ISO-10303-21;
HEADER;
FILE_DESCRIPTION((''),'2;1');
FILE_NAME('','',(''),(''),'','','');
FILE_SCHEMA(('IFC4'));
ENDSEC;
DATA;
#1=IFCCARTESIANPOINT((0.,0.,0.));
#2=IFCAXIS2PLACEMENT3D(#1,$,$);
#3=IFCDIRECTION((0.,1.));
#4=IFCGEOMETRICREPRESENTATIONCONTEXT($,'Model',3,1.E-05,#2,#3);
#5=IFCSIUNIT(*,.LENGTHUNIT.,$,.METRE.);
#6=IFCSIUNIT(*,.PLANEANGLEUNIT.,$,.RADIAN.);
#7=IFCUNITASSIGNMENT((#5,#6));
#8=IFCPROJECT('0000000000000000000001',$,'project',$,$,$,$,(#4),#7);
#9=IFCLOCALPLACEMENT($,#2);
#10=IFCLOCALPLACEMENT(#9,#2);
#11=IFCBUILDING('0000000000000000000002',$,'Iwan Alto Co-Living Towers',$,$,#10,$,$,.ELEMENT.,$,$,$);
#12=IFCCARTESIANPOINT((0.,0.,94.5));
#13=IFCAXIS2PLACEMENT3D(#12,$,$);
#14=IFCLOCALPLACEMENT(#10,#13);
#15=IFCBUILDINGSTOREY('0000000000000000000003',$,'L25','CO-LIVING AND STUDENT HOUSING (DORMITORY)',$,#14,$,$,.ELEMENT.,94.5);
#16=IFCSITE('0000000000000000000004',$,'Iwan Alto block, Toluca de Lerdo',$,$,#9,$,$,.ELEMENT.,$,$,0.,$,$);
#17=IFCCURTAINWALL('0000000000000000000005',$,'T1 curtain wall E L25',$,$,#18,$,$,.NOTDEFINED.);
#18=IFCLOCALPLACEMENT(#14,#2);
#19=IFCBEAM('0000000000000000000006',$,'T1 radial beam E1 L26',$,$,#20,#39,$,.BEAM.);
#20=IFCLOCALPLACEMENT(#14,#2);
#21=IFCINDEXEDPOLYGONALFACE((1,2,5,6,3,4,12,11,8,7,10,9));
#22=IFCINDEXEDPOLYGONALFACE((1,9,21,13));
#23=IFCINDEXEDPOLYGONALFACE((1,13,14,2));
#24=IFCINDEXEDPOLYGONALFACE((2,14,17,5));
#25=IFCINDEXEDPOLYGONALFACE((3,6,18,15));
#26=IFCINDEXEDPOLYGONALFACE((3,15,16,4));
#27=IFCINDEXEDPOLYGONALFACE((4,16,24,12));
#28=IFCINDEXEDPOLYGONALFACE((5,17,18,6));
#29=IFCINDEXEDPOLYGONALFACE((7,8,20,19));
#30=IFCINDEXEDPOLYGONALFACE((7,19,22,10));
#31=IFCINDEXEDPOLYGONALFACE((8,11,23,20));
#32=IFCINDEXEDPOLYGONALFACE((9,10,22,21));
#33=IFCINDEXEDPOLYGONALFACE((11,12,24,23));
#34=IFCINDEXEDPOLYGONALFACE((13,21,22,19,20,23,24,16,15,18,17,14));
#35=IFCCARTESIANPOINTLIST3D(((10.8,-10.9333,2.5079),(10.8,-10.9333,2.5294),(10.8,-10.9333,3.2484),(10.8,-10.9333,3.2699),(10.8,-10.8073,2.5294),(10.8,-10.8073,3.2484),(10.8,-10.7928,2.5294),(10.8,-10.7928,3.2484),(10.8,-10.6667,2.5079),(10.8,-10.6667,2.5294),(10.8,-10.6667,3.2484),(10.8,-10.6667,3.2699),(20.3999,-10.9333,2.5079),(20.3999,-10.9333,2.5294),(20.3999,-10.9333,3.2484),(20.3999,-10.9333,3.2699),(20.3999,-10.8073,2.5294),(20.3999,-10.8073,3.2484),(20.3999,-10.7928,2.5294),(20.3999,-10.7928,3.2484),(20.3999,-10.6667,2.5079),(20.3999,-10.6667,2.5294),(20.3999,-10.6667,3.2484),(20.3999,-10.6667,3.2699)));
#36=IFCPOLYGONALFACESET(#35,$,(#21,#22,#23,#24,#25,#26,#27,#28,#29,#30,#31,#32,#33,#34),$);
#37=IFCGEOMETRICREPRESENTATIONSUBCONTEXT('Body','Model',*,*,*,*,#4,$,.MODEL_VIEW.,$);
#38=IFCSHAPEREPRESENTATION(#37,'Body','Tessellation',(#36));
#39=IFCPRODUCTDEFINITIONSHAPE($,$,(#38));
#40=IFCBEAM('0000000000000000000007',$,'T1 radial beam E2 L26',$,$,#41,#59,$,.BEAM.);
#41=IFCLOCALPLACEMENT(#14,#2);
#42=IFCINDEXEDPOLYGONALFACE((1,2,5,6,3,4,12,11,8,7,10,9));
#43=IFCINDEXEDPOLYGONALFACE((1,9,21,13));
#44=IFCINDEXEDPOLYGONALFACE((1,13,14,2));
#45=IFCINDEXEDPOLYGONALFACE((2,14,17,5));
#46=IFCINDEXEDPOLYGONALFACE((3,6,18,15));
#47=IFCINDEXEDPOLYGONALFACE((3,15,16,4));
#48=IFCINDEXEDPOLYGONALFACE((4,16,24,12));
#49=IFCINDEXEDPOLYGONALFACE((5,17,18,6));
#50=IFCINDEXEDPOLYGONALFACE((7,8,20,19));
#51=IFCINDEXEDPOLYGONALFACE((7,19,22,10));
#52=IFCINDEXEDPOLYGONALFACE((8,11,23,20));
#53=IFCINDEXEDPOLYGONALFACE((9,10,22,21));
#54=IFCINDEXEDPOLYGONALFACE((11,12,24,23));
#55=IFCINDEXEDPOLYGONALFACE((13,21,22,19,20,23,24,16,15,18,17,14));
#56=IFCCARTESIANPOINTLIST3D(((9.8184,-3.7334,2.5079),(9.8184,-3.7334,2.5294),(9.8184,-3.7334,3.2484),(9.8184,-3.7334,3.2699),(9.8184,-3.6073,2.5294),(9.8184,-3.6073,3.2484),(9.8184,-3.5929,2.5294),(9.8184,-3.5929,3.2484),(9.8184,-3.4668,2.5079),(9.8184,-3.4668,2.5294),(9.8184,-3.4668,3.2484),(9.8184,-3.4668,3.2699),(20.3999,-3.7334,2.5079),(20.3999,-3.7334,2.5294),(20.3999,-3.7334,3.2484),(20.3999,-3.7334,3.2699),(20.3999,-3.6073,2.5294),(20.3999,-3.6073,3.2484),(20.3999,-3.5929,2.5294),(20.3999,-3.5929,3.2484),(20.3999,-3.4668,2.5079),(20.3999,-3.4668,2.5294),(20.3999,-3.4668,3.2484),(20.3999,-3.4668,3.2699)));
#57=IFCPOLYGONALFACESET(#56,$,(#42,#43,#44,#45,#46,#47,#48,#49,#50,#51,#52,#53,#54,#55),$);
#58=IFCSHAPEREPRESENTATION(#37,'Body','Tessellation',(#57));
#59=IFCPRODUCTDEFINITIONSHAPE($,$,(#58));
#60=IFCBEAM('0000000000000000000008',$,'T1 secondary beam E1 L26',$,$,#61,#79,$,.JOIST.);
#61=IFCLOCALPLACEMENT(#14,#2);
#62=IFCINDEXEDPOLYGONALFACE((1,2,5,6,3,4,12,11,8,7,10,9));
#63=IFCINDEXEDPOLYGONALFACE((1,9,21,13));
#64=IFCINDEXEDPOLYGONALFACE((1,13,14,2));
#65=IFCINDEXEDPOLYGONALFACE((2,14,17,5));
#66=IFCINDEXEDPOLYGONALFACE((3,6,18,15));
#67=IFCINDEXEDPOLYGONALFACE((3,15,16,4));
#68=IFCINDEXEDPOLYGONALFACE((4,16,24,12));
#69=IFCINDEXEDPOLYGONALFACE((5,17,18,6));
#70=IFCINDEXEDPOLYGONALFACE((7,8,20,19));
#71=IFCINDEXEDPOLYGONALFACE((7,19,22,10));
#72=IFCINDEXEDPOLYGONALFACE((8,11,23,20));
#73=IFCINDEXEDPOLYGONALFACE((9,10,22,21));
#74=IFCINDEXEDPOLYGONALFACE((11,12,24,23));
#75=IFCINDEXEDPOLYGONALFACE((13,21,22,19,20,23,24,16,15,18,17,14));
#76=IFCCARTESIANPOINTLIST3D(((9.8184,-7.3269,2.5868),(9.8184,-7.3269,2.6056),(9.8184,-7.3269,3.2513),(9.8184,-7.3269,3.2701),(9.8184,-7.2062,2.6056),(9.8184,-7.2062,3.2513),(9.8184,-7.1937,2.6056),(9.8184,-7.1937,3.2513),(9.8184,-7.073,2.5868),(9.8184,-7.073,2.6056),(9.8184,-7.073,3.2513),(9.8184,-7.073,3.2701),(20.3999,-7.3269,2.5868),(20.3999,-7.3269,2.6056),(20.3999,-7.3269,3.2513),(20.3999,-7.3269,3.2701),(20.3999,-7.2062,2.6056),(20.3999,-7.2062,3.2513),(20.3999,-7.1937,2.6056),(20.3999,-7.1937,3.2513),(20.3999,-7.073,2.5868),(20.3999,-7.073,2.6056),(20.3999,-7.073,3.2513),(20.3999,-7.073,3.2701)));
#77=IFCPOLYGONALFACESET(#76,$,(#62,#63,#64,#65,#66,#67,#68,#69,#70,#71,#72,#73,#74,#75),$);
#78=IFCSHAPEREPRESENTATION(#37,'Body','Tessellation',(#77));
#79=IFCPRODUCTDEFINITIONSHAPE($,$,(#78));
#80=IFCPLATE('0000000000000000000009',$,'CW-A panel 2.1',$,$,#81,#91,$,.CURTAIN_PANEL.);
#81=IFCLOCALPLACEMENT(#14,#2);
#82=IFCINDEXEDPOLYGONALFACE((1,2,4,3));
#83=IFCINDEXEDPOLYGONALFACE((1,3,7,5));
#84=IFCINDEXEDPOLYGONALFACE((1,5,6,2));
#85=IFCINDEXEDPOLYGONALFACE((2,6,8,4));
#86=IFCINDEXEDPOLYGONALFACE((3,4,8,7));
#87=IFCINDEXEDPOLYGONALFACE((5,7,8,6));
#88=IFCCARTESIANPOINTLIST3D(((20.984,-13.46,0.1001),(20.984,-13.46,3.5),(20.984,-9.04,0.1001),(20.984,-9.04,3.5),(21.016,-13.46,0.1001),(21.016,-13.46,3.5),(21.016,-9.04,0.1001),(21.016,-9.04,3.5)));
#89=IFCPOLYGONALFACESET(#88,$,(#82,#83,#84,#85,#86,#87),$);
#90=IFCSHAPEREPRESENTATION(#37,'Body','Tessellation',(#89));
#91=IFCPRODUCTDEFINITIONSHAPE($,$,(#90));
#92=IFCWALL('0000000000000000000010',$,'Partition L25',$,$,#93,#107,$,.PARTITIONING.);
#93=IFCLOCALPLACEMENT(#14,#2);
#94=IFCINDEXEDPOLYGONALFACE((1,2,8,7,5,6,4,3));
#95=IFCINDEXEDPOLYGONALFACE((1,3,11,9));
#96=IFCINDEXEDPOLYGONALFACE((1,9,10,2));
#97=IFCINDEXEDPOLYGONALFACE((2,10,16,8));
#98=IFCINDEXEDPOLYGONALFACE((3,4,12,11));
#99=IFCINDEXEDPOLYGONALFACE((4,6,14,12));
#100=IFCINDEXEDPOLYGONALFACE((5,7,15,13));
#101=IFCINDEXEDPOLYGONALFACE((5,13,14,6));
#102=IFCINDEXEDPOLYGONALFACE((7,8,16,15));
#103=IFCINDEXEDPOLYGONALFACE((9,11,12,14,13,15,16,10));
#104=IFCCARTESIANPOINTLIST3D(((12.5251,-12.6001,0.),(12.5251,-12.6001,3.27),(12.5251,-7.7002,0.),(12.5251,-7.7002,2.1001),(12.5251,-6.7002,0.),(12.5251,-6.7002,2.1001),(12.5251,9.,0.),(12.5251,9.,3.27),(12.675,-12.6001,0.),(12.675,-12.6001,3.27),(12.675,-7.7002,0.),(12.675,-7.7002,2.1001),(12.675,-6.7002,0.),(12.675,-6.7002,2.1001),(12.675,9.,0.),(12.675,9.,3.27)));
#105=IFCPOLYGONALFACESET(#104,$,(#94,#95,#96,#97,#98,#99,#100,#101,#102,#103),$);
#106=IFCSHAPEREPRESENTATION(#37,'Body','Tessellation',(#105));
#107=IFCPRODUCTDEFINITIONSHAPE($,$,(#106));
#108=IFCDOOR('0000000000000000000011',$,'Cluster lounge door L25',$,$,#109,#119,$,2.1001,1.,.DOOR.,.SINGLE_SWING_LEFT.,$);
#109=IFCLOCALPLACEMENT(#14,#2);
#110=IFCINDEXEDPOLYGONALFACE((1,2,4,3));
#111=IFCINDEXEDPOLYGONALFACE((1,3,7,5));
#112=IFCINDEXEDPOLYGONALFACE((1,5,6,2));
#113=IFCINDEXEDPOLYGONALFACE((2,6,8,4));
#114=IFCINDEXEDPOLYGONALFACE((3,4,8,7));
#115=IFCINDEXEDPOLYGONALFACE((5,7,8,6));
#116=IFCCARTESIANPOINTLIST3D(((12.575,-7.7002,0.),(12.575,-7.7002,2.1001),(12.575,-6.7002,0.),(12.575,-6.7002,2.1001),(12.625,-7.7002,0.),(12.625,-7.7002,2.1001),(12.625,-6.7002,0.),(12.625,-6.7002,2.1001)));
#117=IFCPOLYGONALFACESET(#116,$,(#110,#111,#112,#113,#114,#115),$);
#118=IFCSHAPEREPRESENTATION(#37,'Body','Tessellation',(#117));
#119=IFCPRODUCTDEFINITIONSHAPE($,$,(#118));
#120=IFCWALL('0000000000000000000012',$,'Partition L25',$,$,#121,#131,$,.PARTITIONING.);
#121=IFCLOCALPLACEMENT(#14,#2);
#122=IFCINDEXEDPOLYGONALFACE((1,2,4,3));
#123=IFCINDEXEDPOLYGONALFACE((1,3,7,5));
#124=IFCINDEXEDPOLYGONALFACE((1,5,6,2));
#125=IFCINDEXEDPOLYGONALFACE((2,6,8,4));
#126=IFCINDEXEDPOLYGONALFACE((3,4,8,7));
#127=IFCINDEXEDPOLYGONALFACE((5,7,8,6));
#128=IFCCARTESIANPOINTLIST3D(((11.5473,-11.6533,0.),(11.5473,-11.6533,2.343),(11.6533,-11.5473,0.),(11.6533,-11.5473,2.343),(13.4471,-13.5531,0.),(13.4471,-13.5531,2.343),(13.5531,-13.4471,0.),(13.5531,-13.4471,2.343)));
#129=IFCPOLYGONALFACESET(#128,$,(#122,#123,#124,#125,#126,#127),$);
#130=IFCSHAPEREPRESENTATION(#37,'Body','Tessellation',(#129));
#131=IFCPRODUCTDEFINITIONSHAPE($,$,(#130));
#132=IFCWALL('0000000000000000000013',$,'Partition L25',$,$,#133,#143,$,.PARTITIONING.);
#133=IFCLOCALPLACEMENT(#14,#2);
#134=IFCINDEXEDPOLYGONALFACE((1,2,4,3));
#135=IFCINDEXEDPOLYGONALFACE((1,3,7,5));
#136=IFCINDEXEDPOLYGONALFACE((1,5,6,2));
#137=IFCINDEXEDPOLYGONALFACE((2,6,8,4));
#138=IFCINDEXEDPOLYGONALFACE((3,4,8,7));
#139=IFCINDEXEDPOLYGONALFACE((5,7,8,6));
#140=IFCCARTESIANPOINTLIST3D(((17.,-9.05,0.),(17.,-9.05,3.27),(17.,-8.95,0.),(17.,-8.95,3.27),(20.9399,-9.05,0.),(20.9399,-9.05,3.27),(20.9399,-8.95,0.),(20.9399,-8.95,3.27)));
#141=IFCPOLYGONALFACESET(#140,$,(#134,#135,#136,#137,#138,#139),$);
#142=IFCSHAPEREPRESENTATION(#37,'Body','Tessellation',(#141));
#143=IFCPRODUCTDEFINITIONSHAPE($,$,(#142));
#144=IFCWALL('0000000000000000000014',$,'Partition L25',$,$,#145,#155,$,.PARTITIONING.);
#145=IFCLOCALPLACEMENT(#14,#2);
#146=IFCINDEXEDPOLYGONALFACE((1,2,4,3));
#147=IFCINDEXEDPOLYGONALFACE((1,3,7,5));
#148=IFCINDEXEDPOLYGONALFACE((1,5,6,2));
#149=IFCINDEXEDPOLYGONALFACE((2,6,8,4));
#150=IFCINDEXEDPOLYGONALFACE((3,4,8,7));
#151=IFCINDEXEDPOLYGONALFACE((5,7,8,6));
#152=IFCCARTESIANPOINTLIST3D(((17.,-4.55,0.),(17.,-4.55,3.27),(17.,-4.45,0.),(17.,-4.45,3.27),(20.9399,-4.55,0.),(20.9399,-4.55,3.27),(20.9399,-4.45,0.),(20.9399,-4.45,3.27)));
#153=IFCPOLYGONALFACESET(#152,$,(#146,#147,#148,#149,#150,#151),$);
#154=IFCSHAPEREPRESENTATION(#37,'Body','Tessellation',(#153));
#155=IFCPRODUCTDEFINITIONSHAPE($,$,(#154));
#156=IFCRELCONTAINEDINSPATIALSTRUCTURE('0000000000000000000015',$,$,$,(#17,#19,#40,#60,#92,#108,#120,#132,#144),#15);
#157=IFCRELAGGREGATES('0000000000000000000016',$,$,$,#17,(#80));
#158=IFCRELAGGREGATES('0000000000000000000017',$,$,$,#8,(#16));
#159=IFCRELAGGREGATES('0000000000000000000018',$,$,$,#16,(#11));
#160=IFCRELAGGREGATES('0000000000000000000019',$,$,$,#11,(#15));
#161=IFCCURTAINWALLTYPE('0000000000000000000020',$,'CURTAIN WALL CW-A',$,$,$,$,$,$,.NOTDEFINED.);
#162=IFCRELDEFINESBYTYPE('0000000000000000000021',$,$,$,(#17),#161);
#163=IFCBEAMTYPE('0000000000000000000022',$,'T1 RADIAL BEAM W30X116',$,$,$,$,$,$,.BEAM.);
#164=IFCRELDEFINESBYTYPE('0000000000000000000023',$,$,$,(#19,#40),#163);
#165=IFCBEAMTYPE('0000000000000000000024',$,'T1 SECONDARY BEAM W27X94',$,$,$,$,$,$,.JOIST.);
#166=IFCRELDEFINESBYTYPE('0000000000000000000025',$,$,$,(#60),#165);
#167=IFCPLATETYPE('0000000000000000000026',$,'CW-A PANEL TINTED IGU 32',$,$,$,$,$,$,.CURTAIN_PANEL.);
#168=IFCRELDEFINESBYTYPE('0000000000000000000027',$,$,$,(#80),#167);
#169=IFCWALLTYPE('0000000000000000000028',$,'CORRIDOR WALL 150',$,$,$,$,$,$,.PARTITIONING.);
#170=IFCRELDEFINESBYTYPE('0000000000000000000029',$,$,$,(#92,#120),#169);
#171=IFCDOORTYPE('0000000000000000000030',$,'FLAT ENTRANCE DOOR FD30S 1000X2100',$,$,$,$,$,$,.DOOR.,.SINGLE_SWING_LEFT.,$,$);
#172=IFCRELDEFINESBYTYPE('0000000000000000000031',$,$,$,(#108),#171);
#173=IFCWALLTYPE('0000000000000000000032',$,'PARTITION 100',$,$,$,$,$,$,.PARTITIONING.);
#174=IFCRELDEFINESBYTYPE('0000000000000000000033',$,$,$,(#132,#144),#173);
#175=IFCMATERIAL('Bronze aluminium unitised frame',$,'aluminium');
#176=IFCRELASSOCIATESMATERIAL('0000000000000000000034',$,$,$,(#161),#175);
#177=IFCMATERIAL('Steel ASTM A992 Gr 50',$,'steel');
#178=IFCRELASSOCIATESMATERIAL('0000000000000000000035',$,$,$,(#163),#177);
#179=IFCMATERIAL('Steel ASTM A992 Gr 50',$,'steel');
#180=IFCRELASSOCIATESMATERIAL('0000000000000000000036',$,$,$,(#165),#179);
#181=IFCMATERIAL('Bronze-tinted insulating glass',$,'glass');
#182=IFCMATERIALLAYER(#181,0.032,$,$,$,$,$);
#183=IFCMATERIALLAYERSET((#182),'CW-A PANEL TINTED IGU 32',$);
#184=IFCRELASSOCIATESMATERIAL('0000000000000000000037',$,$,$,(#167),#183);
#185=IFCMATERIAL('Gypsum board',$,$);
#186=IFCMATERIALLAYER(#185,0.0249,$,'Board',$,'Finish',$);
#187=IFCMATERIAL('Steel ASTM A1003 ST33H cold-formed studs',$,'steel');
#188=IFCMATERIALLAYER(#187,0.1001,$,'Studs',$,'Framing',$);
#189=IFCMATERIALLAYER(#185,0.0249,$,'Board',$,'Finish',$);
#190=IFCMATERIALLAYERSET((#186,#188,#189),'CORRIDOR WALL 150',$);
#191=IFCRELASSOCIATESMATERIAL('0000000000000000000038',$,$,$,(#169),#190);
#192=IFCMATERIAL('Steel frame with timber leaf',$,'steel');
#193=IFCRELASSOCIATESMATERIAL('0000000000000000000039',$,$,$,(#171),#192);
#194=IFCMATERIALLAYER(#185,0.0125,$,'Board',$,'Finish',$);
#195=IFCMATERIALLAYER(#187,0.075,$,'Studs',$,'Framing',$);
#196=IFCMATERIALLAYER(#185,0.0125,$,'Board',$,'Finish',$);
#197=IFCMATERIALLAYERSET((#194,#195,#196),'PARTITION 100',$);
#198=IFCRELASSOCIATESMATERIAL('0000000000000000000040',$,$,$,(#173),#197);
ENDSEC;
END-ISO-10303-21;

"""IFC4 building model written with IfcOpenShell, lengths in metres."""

from ifc_helpers import new_model, si_unit, direction, frame, frame_2d, origin, origin_2d, place, context, subcontext, project, spatial, rectangle, i_section, extrude, material, layer, layer_set, material_profile, profile_set, type_object, element, fill, aggregate, save


model = new_model("IFC4")

# Units and contexts
model_context = context("Model", 3, precision=1e-05, world=origin(), true_north=direction((0.0, 1.0)))
body_context = subcontext(model_context, "Body", "Model", "MODEL_VIEW")
ifc_project = project(units=[si_unit("LENGTHUNIT", "METRE"), si_unit("PLANEANGLEUNIT", "RADIAN")], contexts=[model_context])

# Site, building, storey
site_placement = place(None, origin())
site = spatial("IfcSite", under=ifc_project, at=site_placement, Name="Iwan Alto block, Toluca de Lerdo", CompositionType="ELEMENT", RefElevation=0.0)
building_placement = place(site_placement, origin())
building = spatial("IfcBuilding", under=site, at=building_placement, Name="Iwan Alto Co-Living Towers", CompositionType="ELEMENT")
storey_placement = place(building_placement, frame((0.0, 0.0, 94.5)))
storey = spatial("IfcBuildingStorey", under=building, at=storey_placement, Name="L25", Description="CO-LIVING AND STUDENT HOUSING (DORMITORY)", CompositionType="ELEMENT", Elevation=94.5)

# Curtain wall
ifc_material_1 = material(Name="Bronze aluminium unitised frame", Category="aluminium")
curtain_wall_type = type_object("IfcCurtainWallType", Name="CURTAIN WALL CW-A", PredefinedType="NOTDEFINED", material=ifc_material_1)
curtain_wall_placement = place(storey_placement, origin())
curtain_wall = element("IfcCurtainWall", 1, at=curtain_wall_placement, inside=storey, type_object=curtain_wall_type, Name="T1 curtain wall E L25", PredefinedType="NOTDEFINED")

# Beams
ifc_material_2 = material(Name="Steel ASTM A992 Gr 50", Category="steel")
ifc_material_profile_1 = material_profile(ifc_material_2, i_section(OverallWidth=0.2666, OverallDepth=0.762, WebThickness=0.0144, FlangeThickness=0.0215, at=origin_2d()), Name="W30X116")
ifc_profile_set_1 = profile_set([ifc_material_profile_1], Name="Steel ASTM A992 Gr 50")
beam_type_1 = type_object("IfcBeamType", Name="T1 RADIAL BEAM W30X116", PredefinedType="BEAM", material=ifc_profile_set_1)
beam_1_placement = place(storey_placement, frame((20.3999, -10.8, 2.8889), z_axis=(-1.0, 0.0, 0.0), x_axis=(0.0, -1.0, 0.0)))
element("IfcBeam", 2, at=beam_1_placement, inside=storey, type_object=beam_type_1, Name="T1 radial beam E1 L26", PredefinedType="BEAM", context=body_context, shape_type="SweptSolid", body=[
    extrude(i_section(OverallWidth=0.2666, OverallDepth=0.762, WebThickness=0.0144, FlangeThickness=0.0215, at=origin_2d()), origin(), (0.0, 0.0, 1.0), 9.5999),
])
beam_2_placement = place(storey_placement, frame((20.3999, -3.6001, 2.8889), z_axis=(-1.0, 0.0, 0.0), x_axis=(0.0, -1.0, 0.0)))
element("IfcBeam", 3, at=beam_2_placement, inside=storey, type_object=beam_type_1, Name="T1 radial beam E2 L26", PredefinedType="BEAM", context=body_context, shape_type="SweptSolid", body=[
    extrude(i_section(OverallWidth=0.2666, OverallDepth=0.762, WebThickness=0.0144, FlangeThickness=0.0215, at=origin_2d()), origin(), (0.0, 0.0, 1.0), 10.5815),
])
ifc_material_3 = material(Name="Steel ASTM A992 Gr 50", Category="steel")
ifc_material_profile_2 = material_profile(ifc_material_3, i_section(OverallWidth=0.2539, OverallDepth=0.6833, WebThickness=0.0125, FlangeThickness=0.0188, at=origin_2d()), Name="W27X94")
ifc_profile_set_2 = profile_set([ifc_material_profile_2], Name="Steel ASTM A992 Gr 50")
beam_type_2 = type_object("IfcBeamType", Name="T1 SECONDARY BEAM W27X94", PredefinedType="JOIST", material=ifc_profile_set_2)
beam_3_placement = place(storey_placement, frame((20.3999, -7.2, 2.9285), z_axis=(-1.0, 0.0, 0.0), x_axis=(0.0, -1.0, 0.0)))
element("IfcBeam", 4, at=beam_3_placement, inside=storey, type_object=beam_type_2, Name="T1 secondary beam E1 L26", PredefinedType="JOIST", context=body_context, shape_type="SweptSolid", body=[
    extrude(i_section(OverallWidth=0.2539, OverallDepth=0.6833, WebThickness=0.0125, FlangeThickness=0.0188, at=origin_2d()), origin(), (0.0, 0.0, 1.0), 10.5815),
])

# Plate
ifc_material_4 = material(Name="Bronze-tinted insulating glass", Category="glass")
ifc_layer_1 = layer(ifc_material_4, 0.032)
ifc_layer_set_1 = layer_set([ifc_layer_1], Name="CW-A PANEL TINTED IGU 32")
plate_type = type_object("IfcPlateType", Name="CW-A PANEL TINTED IGU 32", PredefinedType="CURTAIN_PANEL", material=ifc_layer_set_1)
plate_placement = place(storey_placement, frame((21.0, -11.25, 0.1001), z_axis=(0.0, 0.0, 1.0), x_axis=(0.0, 1.0, 0.0)))
plate = element("IfcPlate", 5, at=plate_placement, type_object=plate_type, Name="CW-A panel 2.1", PredefinedType="CURTAIN_PANEL", context=body_context, shape_type="SweptSolid", body=[
    extrude(rectangle(XDim=4.4199, YDim=0.032, at=origin_2d()), origin(), (0.0, 0.0, 1.0), 3.3999),
])
aggregate(curtain_wall, [plate])

# Wall, opening, door
ifc_material_5 = material(Name="Gypsum board")
ifc_layer_2 = layer(ifc_material_5, 0.0249, Name="Board", Category="Finish")
ifc_material_6 = material(Name="Steel ASTM A1003 ST33H cold-formed studs", Category="steel")
ifc_layer_3 = layer(ifc_material_6, 0.1001, Name="Studs", Category="Framing")
ifc_layer_4 = layer(ifc_material_5, 0.0249, Name="Board", Category="Finish")
ifc_layer_set_2 = layer_set([ifc_layer_2, ifc_layer_3, ifc_layer_4], Name="CORRIDOR WALL 150")
wall_type_1 = type_object("IfcWallType", Name="CORRIDOR WALL 150", PredefinedType="PARTITIONING", material=ifc_layer_set_2)
wall_1_placement = place(storey_placement, frame((12.6001, -12.6001, 0.0), z_axis=(0.0, 0.0, 1.0), x_axis=(0.0, 1.0, 0.0)))
wall_1 = element("IfcWall", 6, at=wall_1_placement, inside=storey, type_object=wall_type_1, Name="Partition L25", PredefinedType="PARTITIONING", context=body_context, shape_type="SweptSolid", body=[
    extrude(rectangle(XDim=21.6001, YDim=0.1499, at=frame_2d((10.8, 0.0))), origin(), (0.0, 0.0, 1.0), 3.27),
])
opening_1_placement = place(wall_1_placement, frame((4.8999, 0.0, 0.0)))
opening_1 = element("IfcOpeningElement", 7, at=opening_1_placement, cuts=wall_1, PredefinedType="OPENING", context=body_context, shape_type="SweptSolid", body=[
    extrude(rectangle(XDim=1.0, YDim=2.1001, at=frame_2d((0.5, 1.05))), frame((0.0, 0.085, 0.0), z_axis=(0.0, -1.0, 0.0), x_axis=(1.0, 0.0, 0.0)), (0.0, 0.0, 1.0), 0.1699),
])
ifc_material_7 = material(Name="Steel frame with timber leaf", Category="steel")
door_type_1 = type_object("IfcDoorType", Name="FLAT ENTRANCE DOOR FD30S 1000X2100", OperationType="SINGLE_SWING_LEFT", PredefinedType="DOOR", material=ifc_material_7)
door_1_placement = place(opening_1_placement, frame((1.0, 0.0, 0.0), z_axis=(0.0, 0.0, 1.0), x_axis=(-1.0, 0.0, 0.0)))
door_1 = element("IfcDoor", 8, at=door_1_placement, inside=storey, type_object=door_type_1, Name="Cluster lounge door L25", OperationType="SINGLE_SWING_LEFT", OverallHeight=2.1001, OverallWidth=1.0, PredefinedType="DOOR", context=body_context, shape_type="SweptSolid", body=[
    extrude(rectangle(XDim=1.0, YDim=2.1001, at=frame_2d((0.5, 1.05))), frame((0.0, 0.0249, 0.0), z_axis=(0.0, -1.0, 0.0), x_axis=(1.0, 0.0, 0.0)), (0.0, 0.0, 1.0), 0.05),
])
fill(opening_1, door_1)

# Walls
wall_2_placement = place(storey_placement, frame((13.5, -13.5, 0.0), z_axis=(0.0, 0.0, 1.0), x_axis=(-0.707107, 0.707107, 0.0)))
element("IfcWall", 9, at=wall_2_placement, inside=storey, type_object=wall_type_1, Name="Partition L25", PredefinedType="PARTITIONING", context=body_context, shape_type="SweptSolid", body=[
    extrude(rectangle(XDim=2.6868, YDim=0.1499, at=frame_2d((1.3433, 0.0))), origin(), (0.0, 0.0, 1.0), 2.343),
])
ifc_layer_5 = layer(ifc_material_5, 0.0125, Name="Board", Category="Finish")
ifc_layer_6 = layer(ifc_material_6, 0.075, Name="Studs", Category="Framing")
ifc_layer_7 = layer(ifc_material_5, 0.0125, Name="Board", Category="Finish")
ifc_layer_set_3 = layer_set([ifc_layer_5, ifc_layer_6, ifc_layer_7], Name="PARTITION 100")
wall_type_2 = type_object("IfcWallType", Name="PARTITION 100", PredefinedType="PARTITIONING", material=ifc_layer_set_3)
for number, where, z_axis, x_axis, name in (
    (10, (17.0, -9.0, 0.0), (0.0, 0.0, 1.0), (1.0, 0.0, 0.0), "Partition L25"),
    (11, (17.0, -4.5, 0.0), (0.0, 0.0, 1.0), (1.0, 0.0, 0.0), "Partition L25"),
):
    element("IfcWall", number, at=place(storey_placement, frame(where, z_axis=z_axis, x_axis=x_axis)), inside=storey, type_object=wall_type_2, Name=name, PredefinedType="PARTITIONING", context=body_context, shape_type="SweptSolid", body=[
        extrude(rectangle(XDim=3.9399, YDim=0.1001, at=frame_2d((1.97, 0.0))), origin(), (0.0, 0.0, 1.0), 3.27),
    ])

save(model, "model.ifc")
